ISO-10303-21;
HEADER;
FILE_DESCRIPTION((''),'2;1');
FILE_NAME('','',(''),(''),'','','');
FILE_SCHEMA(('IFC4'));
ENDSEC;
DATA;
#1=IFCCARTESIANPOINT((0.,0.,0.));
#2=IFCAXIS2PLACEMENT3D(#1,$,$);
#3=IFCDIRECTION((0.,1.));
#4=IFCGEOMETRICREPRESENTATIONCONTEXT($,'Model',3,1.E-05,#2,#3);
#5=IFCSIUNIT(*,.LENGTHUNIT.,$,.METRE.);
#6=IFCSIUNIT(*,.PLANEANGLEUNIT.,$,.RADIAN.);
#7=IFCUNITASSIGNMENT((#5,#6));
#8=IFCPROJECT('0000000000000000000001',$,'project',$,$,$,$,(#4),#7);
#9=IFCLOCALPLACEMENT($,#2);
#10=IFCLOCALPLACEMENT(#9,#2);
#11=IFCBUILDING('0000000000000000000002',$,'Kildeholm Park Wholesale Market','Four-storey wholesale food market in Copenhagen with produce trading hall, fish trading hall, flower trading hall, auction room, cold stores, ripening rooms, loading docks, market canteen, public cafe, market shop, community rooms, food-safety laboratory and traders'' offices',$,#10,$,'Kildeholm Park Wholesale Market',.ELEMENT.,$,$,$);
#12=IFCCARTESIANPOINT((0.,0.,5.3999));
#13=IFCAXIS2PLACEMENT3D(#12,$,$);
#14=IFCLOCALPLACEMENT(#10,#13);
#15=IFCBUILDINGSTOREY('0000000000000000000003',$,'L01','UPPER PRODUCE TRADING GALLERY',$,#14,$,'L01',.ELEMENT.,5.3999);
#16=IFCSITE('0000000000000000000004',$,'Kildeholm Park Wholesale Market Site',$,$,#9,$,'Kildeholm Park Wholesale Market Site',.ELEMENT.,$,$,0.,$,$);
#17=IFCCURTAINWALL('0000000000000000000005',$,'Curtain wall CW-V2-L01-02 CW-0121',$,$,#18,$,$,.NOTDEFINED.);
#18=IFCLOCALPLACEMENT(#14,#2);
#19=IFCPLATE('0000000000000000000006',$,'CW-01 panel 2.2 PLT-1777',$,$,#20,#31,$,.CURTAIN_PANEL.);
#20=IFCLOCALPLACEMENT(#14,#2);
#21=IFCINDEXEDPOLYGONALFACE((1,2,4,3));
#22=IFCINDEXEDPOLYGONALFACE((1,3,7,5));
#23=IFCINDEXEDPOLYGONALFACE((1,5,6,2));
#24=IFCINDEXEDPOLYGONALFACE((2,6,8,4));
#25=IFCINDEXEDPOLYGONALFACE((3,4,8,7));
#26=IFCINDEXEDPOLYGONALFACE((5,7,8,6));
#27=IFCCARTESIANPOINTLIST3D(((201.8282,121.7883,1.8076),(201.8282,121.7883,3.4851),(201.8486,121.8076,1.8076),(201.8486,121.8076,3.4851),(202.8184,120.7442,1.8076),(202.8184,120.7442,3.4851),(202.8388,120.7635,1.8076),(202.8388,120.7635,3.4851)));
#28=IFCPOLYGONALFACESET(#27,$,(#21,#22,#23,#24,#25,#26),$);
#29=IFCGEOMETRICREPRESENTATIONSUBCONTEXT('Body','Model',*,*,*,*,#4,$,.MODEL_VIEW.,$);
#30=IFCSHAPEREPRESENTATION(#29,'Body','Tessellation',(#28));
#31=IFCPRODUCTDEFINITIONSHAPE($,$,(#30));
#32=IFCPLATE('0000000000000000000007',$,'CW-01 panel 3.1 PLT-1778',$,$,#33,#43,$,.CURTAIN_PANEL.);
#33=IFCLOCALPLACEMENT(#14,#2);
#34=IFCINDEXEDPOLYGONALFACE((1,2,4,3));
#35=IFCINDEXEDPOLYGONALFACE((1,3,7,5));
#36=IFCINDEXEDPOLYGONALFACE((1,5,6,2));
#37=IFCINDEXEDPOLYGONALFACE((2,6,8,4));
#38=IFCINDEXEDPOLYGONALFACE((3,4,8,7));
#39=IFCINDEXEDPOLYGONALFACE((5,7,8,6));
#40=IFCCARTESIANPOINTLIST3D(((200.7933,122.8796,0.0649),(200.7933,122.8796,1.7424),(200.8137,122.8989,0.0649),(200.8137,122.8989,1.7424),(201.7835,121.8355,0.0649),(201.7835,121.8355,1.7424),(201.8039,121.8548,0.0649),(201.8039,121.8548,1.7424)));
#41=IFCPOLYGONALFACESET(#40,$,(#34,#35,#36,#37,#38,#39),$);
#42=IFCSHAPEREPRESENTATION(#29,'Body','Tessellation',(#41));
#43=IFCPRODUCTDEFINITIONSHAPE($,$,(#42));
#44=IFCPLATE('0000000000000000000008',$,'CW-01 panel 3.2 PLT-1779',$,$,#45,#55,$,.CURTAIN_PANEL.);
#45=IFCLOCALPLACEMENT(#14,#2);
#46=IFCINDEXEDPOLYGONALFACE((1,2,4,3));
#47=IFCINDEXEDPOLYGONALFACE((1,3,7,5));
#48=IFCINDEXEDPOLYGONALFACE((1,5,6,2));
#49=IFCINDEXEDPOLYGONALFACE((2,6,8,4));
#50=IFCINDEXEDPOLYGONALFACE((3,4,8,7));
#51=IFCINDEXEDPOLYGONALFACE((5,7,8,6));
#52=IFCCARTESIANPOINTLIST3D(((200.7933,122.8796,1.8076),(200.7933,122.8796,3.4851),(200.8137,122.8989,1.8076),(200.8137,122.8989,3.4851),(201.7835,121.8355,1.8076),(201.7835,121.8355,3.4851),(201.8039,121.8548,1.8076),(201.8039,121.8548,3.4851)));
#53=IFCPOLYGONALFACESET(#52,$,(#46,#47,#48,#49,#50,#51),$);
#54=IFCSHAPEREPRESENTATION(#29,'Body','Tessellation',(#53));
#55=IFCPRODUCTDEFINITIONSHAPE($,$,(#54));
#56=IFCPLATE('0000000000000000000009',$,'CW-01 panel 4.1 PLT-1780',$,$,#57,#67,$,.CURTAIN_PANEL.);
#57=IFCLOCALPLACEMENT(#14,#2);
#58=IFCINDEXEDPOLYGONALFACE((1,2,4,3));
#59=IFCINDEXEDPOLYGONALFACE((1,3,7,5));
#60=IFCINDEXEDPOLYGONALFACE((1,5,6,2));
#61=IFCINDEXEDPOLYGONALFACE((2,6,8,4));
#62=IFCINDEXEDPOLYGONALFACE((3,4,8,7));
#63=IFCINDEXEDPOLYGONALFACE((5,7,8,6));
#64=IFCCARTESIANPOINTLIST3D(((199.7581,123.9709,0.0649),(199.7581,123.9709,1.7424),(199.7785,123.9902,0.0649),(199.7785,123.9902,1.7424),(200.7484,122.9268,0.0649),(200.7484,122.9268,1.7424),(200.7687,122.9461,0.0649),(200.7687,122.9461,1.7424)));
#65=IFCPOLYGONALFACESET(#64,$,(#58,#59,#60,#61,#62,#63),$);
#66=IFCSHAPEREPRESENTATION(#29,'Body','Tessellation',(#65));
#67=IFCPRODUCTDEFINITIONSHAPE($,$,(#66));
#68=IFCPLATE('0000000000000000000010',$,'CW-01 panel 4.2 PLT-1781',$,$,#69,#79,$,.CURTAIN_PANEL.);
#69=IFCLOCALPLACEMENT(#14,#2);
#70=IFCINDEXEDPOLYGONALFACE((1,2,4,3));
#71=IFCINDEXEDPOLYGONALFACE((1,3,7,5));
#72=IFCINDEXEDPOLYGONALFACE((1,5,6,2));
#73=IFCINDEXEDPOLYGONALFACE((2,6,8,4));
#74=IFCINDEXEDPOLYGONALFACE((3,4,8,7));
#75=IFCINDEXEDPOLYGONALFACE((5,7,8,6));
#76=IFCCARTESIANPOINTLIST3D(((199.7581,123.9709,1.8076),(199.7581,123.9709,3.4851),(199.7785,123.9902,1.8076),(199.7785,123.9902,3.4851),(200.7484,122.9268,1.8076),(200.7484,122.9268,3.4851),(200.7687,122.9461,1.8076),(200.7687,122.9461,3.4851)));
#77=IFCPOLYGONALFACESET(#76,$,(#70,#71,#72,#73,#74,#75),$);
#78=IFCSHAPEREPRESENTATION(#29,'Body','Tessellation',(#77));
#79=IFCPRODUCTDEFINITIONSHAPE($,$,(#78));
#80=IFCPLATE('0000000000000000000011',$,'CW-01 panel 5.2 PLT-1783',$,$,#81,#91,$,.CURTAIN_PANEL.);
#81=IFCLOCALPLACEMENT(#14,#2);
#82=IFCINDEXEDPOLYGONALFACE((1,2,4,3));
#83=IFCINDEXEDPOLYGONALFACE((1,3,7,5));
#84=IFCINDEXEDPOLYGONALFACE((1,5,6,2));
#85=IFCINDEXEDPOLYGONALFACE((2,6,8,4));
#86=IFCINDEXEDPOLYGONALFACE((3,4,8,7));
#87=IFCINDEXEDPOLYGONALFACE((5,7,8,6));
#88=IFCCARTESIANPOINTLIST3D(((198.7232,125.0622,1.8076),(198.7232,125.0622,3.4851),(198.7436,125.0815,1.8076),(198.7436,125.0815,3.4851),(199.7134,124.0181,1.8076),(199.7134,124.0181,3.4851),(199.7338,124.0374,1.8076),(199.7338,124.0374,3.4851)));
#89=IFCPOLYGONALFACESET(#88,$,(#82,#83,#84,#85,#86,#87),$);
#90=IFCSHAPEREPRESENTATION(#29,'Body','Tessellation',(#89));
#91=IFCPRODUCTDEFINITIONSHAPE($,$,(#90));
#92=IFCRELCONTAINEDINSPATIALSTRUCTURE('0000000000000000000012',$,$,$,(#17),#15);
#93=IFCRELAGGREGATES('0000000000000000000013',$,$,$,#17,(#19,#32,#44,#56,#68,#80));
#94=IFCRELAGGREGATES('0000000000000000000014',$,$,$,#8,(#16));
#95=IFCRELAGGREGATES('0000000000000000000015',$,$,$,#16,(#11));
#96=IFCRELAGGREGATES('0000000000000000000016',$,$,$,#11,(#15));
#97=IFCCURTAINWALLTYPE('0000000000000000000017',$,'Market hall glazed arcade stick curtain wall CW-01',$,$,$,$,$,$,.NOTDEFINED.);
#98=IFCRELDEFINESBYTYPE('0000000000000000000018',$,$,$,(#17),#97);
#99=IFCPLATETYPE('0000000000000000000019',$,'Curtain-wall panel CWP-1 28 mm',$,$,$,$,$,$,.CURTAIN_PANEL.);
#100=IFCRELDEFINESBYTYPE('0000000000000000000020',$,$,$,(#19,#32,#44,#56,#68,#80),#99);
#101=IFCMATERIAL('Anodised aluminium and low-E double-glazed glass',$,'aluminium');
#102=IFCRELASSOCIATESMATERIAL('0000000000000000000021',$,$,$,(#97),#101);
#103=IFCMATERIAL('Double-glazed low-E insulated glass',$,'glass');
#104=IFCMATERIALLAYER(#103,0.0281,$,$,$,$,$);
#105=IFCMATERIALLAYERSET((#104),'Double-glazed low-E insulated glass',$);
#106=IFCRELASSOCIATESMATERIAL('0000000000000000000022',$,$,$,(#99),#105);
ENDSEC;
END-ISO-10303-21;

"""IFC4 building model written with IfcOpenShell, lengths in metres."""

from ifc_helpers import new_model, si_unit, direction, frame, origin, origin_2d, place, context, subcontext, project, spatial, rectangle, extrude, material, layer, layer_set, type_object, element, aggregate, save


model = new_model("IFC4")

# Units and contexts
model_context = context("Model", 3, precision=1e-05, world=origin(), true_north=direction((0.0, 1.0)))
body_context = subcontext(model_context, "Body", "Model", "MODEL_VIEW")
ifc_project = project(units=[si_unit("LENGTHUNIT", "METRE"), si_unit("PLANEANGLEUNIT", "RADIAN")], contexts=[model_context])

# Site, building, storey
site_placement = place(None, origin())
site = spatial("IfcSite", under=ifc_project, at=site_placement, Name="Kildeholm Park Wholesale Market Site", LongName="Kildeholm Park Wholesale Market Site", CompositionType="ELEMENT", RefElevation=0.0)
building_placement = place(site_placement, origin())
building = spatial("IfcBuilding", under=site, at=building_placement, Name="Kildeholm Park Wholesale Market", Description="Four-storey wholesale food market in Copenhagen with produce trading hall, fish trading hall, flower trading hall, auction room, cold stores, ripening rooms, loading docks, market canteen, public cafe, market shop, community rooms, food-safety laboratory and traders' offices", LongName="Kildeholm Park Wholesale Market", CompositionType="ELEMENT")
storey_placement = place(building_placement, frame((0.0, 0.0, 5.3999)))
storey = spatial("IfcBuildingStorey", under=building, at=storey_placement, Name="L01", Description="UPPER PRODUCE TRADING GALLERY", LongName="L01", CompositionType="ELEMENT", Elevation=5.3999)

# Curtain wall, plates
ifc_material_1 = material(Name="Anodised aluminium and low-E double-glazed glass", Category="aluminium")
curtain_wall_type = type_object("IfcCurtainWallType", Name="Market hall glazed arcade stick curtain wall CW-01", PredefinedType="NOTDEFINED", material=ifc_material_1)
curtain_wall_placement = place(storey_placement, origin())
curtain_wall = element("IfcCurtainWall", 1, at=curtain_wall_placement, inside=storey, type_object=curtain_wall_type, Name="Curtain wall CW-V2-L01-02 CW-0121", PredefinedType="NOTDEFINED")
ifc_material_2 = material(Name="Double-glazed low-E insulated glass", Category="glass")
ifc_layer = layer(ifc_material_2, 0.0281)
ifc_layer_set = layer_set([ifc_layer], Name="Double-glazed low-E insulated glass")
plate_type = type_object("IfcPlateType", Name="Curtain-wall panel CWP-1 28 mm", PredefinedType="CURTAIN_PANEL", material=ifc_layer_set)
plate_1_placement = place(storey_placement, frame((202.3335, 121.2759, 1.8076), z_axis=(0.0, 0.0, 1.0), x_axis=(-0.688148, 0.725571, 0.0)))
plate_1 = element("IfcPlate", 2, at=plate_1_placement, type_object=plate_type, Name="CW-01 panel 2.2 PLT-1777", PredefinedType="CURTAIN_PANEL", context=body_context, shape_type="SweptSolid", body=[
    extrude(rectangle(XDim=1.439, YDim=0.0281, at=origin_2d()), origin(), (0.0, 0.0, 1.0), 1.6775),
])
plate_2_placement = place(storey_placement, frame((201.2986, 122.3672, 0.0649), z_axis=(0.0, 0.0, 1.0), x_axis=(-0.688148, 0.725571, 0.0)))
plate_2 = element("IfcPlate", 3, at=plate_2_placement, type_object=plate_type, Name="CW-01 panel 3.1 PLT-1778", PredefinedType="CURTAIN_PANEL", context=body_context, shape_type="SweptSolid", body=[
    extrude(rectangle(XDim=1.439, YDim=0.0281, at=origin_2d()), origin(), (0.0, 0.0, 1.0), 1.6775),
])
plate_3_placement = place(storey_placement, frame((201.2986, 122.3672, 1.8076), z_axis=(0.0, 0.0, 1.0), x_axis=(-0.688148, 0.725571, 0.0)))
plate_3 = element("IfcPlate", 4, at=plate_3_placement, type_object=plate_type, Name="CW-01 panel 3.2 PLT-1779", PredefinedType="CURTAIN_PANEL", context=body_context, shape_type="SweptSolid", body=[
    extrude(rectangle(XDim=1.439, YDim=0.0281, at=origin_2d()), origin(), (0.0, 0.0, 1.0), 1.6775),
])
plate_4_placement = place(storey_placement, frame((200.2634, 123.4585, 0.0649), z_axis=(0.0, 0.0, 1.0), x_axis=(-0.688148, 0.725571, 0.0)))
plate_4 = element("IfcPlate", 5, at=plate_4_placement, type_object=plate_type, Name="CW-01 panel 4.1 PLT-1780", PredefinedType="CURTAIN_PANEL", context=body_context, shape_type="SweptSolid", body=[
    extrude(rectangle(XDim=1.439, YDim=0.0281, at=origin_2d()), origin(), (0.0, 0.0, 1.0), 1.6775),
])
plate_5_placement = place(storey_placement, frame((200.2634, 123.4585, 1.8076), z_axis=(0.0, 0.0, 1.0), x_axis=(-0.688148, 0.725571, 0.0)))
plate_5 = element("IfcPlate", 6, at=plate_5_placement, type_object=plate_type, Name="CW-01 panel 4.2 PLT-1781", PredefinedType="CURTAIN_PANEL", context=body_context, shape_type="SweptSolid", body=[
    extrude(rectangle(XDim=1.439, YDim=0.0281, at=origin_2d()), origin(), (0.0, 0.0, 1.0), 1.6775),
])
plate_6_placement = place(storey_placement, frame((199.2285, 124.5498, 1.8076), z_axis=(0.0, 0.0, 1.0), x_axis=(-0.688148, 0.725571, 0.0)))
plate_6 = element("IfcPlate", 7, at=plate_6_placement, type_object=plate_type, Name="CW-01 panel 5.2 PLT-1783", PredefinedType="CURTAIN_PANEL", context=body_context, shape_type="SweptSolid", body=[
    extrude(rectangle(XDim=1.439, YDim=0.0281, at=origin_2d()), origin(), (0.0, 0.0, 1.0), 1.6775),
])
aggregate(curtain_wall, [plate_1, plate_2, plate_3, plate_4, plate_5, plate_6])

save(model, "model.ifc")
